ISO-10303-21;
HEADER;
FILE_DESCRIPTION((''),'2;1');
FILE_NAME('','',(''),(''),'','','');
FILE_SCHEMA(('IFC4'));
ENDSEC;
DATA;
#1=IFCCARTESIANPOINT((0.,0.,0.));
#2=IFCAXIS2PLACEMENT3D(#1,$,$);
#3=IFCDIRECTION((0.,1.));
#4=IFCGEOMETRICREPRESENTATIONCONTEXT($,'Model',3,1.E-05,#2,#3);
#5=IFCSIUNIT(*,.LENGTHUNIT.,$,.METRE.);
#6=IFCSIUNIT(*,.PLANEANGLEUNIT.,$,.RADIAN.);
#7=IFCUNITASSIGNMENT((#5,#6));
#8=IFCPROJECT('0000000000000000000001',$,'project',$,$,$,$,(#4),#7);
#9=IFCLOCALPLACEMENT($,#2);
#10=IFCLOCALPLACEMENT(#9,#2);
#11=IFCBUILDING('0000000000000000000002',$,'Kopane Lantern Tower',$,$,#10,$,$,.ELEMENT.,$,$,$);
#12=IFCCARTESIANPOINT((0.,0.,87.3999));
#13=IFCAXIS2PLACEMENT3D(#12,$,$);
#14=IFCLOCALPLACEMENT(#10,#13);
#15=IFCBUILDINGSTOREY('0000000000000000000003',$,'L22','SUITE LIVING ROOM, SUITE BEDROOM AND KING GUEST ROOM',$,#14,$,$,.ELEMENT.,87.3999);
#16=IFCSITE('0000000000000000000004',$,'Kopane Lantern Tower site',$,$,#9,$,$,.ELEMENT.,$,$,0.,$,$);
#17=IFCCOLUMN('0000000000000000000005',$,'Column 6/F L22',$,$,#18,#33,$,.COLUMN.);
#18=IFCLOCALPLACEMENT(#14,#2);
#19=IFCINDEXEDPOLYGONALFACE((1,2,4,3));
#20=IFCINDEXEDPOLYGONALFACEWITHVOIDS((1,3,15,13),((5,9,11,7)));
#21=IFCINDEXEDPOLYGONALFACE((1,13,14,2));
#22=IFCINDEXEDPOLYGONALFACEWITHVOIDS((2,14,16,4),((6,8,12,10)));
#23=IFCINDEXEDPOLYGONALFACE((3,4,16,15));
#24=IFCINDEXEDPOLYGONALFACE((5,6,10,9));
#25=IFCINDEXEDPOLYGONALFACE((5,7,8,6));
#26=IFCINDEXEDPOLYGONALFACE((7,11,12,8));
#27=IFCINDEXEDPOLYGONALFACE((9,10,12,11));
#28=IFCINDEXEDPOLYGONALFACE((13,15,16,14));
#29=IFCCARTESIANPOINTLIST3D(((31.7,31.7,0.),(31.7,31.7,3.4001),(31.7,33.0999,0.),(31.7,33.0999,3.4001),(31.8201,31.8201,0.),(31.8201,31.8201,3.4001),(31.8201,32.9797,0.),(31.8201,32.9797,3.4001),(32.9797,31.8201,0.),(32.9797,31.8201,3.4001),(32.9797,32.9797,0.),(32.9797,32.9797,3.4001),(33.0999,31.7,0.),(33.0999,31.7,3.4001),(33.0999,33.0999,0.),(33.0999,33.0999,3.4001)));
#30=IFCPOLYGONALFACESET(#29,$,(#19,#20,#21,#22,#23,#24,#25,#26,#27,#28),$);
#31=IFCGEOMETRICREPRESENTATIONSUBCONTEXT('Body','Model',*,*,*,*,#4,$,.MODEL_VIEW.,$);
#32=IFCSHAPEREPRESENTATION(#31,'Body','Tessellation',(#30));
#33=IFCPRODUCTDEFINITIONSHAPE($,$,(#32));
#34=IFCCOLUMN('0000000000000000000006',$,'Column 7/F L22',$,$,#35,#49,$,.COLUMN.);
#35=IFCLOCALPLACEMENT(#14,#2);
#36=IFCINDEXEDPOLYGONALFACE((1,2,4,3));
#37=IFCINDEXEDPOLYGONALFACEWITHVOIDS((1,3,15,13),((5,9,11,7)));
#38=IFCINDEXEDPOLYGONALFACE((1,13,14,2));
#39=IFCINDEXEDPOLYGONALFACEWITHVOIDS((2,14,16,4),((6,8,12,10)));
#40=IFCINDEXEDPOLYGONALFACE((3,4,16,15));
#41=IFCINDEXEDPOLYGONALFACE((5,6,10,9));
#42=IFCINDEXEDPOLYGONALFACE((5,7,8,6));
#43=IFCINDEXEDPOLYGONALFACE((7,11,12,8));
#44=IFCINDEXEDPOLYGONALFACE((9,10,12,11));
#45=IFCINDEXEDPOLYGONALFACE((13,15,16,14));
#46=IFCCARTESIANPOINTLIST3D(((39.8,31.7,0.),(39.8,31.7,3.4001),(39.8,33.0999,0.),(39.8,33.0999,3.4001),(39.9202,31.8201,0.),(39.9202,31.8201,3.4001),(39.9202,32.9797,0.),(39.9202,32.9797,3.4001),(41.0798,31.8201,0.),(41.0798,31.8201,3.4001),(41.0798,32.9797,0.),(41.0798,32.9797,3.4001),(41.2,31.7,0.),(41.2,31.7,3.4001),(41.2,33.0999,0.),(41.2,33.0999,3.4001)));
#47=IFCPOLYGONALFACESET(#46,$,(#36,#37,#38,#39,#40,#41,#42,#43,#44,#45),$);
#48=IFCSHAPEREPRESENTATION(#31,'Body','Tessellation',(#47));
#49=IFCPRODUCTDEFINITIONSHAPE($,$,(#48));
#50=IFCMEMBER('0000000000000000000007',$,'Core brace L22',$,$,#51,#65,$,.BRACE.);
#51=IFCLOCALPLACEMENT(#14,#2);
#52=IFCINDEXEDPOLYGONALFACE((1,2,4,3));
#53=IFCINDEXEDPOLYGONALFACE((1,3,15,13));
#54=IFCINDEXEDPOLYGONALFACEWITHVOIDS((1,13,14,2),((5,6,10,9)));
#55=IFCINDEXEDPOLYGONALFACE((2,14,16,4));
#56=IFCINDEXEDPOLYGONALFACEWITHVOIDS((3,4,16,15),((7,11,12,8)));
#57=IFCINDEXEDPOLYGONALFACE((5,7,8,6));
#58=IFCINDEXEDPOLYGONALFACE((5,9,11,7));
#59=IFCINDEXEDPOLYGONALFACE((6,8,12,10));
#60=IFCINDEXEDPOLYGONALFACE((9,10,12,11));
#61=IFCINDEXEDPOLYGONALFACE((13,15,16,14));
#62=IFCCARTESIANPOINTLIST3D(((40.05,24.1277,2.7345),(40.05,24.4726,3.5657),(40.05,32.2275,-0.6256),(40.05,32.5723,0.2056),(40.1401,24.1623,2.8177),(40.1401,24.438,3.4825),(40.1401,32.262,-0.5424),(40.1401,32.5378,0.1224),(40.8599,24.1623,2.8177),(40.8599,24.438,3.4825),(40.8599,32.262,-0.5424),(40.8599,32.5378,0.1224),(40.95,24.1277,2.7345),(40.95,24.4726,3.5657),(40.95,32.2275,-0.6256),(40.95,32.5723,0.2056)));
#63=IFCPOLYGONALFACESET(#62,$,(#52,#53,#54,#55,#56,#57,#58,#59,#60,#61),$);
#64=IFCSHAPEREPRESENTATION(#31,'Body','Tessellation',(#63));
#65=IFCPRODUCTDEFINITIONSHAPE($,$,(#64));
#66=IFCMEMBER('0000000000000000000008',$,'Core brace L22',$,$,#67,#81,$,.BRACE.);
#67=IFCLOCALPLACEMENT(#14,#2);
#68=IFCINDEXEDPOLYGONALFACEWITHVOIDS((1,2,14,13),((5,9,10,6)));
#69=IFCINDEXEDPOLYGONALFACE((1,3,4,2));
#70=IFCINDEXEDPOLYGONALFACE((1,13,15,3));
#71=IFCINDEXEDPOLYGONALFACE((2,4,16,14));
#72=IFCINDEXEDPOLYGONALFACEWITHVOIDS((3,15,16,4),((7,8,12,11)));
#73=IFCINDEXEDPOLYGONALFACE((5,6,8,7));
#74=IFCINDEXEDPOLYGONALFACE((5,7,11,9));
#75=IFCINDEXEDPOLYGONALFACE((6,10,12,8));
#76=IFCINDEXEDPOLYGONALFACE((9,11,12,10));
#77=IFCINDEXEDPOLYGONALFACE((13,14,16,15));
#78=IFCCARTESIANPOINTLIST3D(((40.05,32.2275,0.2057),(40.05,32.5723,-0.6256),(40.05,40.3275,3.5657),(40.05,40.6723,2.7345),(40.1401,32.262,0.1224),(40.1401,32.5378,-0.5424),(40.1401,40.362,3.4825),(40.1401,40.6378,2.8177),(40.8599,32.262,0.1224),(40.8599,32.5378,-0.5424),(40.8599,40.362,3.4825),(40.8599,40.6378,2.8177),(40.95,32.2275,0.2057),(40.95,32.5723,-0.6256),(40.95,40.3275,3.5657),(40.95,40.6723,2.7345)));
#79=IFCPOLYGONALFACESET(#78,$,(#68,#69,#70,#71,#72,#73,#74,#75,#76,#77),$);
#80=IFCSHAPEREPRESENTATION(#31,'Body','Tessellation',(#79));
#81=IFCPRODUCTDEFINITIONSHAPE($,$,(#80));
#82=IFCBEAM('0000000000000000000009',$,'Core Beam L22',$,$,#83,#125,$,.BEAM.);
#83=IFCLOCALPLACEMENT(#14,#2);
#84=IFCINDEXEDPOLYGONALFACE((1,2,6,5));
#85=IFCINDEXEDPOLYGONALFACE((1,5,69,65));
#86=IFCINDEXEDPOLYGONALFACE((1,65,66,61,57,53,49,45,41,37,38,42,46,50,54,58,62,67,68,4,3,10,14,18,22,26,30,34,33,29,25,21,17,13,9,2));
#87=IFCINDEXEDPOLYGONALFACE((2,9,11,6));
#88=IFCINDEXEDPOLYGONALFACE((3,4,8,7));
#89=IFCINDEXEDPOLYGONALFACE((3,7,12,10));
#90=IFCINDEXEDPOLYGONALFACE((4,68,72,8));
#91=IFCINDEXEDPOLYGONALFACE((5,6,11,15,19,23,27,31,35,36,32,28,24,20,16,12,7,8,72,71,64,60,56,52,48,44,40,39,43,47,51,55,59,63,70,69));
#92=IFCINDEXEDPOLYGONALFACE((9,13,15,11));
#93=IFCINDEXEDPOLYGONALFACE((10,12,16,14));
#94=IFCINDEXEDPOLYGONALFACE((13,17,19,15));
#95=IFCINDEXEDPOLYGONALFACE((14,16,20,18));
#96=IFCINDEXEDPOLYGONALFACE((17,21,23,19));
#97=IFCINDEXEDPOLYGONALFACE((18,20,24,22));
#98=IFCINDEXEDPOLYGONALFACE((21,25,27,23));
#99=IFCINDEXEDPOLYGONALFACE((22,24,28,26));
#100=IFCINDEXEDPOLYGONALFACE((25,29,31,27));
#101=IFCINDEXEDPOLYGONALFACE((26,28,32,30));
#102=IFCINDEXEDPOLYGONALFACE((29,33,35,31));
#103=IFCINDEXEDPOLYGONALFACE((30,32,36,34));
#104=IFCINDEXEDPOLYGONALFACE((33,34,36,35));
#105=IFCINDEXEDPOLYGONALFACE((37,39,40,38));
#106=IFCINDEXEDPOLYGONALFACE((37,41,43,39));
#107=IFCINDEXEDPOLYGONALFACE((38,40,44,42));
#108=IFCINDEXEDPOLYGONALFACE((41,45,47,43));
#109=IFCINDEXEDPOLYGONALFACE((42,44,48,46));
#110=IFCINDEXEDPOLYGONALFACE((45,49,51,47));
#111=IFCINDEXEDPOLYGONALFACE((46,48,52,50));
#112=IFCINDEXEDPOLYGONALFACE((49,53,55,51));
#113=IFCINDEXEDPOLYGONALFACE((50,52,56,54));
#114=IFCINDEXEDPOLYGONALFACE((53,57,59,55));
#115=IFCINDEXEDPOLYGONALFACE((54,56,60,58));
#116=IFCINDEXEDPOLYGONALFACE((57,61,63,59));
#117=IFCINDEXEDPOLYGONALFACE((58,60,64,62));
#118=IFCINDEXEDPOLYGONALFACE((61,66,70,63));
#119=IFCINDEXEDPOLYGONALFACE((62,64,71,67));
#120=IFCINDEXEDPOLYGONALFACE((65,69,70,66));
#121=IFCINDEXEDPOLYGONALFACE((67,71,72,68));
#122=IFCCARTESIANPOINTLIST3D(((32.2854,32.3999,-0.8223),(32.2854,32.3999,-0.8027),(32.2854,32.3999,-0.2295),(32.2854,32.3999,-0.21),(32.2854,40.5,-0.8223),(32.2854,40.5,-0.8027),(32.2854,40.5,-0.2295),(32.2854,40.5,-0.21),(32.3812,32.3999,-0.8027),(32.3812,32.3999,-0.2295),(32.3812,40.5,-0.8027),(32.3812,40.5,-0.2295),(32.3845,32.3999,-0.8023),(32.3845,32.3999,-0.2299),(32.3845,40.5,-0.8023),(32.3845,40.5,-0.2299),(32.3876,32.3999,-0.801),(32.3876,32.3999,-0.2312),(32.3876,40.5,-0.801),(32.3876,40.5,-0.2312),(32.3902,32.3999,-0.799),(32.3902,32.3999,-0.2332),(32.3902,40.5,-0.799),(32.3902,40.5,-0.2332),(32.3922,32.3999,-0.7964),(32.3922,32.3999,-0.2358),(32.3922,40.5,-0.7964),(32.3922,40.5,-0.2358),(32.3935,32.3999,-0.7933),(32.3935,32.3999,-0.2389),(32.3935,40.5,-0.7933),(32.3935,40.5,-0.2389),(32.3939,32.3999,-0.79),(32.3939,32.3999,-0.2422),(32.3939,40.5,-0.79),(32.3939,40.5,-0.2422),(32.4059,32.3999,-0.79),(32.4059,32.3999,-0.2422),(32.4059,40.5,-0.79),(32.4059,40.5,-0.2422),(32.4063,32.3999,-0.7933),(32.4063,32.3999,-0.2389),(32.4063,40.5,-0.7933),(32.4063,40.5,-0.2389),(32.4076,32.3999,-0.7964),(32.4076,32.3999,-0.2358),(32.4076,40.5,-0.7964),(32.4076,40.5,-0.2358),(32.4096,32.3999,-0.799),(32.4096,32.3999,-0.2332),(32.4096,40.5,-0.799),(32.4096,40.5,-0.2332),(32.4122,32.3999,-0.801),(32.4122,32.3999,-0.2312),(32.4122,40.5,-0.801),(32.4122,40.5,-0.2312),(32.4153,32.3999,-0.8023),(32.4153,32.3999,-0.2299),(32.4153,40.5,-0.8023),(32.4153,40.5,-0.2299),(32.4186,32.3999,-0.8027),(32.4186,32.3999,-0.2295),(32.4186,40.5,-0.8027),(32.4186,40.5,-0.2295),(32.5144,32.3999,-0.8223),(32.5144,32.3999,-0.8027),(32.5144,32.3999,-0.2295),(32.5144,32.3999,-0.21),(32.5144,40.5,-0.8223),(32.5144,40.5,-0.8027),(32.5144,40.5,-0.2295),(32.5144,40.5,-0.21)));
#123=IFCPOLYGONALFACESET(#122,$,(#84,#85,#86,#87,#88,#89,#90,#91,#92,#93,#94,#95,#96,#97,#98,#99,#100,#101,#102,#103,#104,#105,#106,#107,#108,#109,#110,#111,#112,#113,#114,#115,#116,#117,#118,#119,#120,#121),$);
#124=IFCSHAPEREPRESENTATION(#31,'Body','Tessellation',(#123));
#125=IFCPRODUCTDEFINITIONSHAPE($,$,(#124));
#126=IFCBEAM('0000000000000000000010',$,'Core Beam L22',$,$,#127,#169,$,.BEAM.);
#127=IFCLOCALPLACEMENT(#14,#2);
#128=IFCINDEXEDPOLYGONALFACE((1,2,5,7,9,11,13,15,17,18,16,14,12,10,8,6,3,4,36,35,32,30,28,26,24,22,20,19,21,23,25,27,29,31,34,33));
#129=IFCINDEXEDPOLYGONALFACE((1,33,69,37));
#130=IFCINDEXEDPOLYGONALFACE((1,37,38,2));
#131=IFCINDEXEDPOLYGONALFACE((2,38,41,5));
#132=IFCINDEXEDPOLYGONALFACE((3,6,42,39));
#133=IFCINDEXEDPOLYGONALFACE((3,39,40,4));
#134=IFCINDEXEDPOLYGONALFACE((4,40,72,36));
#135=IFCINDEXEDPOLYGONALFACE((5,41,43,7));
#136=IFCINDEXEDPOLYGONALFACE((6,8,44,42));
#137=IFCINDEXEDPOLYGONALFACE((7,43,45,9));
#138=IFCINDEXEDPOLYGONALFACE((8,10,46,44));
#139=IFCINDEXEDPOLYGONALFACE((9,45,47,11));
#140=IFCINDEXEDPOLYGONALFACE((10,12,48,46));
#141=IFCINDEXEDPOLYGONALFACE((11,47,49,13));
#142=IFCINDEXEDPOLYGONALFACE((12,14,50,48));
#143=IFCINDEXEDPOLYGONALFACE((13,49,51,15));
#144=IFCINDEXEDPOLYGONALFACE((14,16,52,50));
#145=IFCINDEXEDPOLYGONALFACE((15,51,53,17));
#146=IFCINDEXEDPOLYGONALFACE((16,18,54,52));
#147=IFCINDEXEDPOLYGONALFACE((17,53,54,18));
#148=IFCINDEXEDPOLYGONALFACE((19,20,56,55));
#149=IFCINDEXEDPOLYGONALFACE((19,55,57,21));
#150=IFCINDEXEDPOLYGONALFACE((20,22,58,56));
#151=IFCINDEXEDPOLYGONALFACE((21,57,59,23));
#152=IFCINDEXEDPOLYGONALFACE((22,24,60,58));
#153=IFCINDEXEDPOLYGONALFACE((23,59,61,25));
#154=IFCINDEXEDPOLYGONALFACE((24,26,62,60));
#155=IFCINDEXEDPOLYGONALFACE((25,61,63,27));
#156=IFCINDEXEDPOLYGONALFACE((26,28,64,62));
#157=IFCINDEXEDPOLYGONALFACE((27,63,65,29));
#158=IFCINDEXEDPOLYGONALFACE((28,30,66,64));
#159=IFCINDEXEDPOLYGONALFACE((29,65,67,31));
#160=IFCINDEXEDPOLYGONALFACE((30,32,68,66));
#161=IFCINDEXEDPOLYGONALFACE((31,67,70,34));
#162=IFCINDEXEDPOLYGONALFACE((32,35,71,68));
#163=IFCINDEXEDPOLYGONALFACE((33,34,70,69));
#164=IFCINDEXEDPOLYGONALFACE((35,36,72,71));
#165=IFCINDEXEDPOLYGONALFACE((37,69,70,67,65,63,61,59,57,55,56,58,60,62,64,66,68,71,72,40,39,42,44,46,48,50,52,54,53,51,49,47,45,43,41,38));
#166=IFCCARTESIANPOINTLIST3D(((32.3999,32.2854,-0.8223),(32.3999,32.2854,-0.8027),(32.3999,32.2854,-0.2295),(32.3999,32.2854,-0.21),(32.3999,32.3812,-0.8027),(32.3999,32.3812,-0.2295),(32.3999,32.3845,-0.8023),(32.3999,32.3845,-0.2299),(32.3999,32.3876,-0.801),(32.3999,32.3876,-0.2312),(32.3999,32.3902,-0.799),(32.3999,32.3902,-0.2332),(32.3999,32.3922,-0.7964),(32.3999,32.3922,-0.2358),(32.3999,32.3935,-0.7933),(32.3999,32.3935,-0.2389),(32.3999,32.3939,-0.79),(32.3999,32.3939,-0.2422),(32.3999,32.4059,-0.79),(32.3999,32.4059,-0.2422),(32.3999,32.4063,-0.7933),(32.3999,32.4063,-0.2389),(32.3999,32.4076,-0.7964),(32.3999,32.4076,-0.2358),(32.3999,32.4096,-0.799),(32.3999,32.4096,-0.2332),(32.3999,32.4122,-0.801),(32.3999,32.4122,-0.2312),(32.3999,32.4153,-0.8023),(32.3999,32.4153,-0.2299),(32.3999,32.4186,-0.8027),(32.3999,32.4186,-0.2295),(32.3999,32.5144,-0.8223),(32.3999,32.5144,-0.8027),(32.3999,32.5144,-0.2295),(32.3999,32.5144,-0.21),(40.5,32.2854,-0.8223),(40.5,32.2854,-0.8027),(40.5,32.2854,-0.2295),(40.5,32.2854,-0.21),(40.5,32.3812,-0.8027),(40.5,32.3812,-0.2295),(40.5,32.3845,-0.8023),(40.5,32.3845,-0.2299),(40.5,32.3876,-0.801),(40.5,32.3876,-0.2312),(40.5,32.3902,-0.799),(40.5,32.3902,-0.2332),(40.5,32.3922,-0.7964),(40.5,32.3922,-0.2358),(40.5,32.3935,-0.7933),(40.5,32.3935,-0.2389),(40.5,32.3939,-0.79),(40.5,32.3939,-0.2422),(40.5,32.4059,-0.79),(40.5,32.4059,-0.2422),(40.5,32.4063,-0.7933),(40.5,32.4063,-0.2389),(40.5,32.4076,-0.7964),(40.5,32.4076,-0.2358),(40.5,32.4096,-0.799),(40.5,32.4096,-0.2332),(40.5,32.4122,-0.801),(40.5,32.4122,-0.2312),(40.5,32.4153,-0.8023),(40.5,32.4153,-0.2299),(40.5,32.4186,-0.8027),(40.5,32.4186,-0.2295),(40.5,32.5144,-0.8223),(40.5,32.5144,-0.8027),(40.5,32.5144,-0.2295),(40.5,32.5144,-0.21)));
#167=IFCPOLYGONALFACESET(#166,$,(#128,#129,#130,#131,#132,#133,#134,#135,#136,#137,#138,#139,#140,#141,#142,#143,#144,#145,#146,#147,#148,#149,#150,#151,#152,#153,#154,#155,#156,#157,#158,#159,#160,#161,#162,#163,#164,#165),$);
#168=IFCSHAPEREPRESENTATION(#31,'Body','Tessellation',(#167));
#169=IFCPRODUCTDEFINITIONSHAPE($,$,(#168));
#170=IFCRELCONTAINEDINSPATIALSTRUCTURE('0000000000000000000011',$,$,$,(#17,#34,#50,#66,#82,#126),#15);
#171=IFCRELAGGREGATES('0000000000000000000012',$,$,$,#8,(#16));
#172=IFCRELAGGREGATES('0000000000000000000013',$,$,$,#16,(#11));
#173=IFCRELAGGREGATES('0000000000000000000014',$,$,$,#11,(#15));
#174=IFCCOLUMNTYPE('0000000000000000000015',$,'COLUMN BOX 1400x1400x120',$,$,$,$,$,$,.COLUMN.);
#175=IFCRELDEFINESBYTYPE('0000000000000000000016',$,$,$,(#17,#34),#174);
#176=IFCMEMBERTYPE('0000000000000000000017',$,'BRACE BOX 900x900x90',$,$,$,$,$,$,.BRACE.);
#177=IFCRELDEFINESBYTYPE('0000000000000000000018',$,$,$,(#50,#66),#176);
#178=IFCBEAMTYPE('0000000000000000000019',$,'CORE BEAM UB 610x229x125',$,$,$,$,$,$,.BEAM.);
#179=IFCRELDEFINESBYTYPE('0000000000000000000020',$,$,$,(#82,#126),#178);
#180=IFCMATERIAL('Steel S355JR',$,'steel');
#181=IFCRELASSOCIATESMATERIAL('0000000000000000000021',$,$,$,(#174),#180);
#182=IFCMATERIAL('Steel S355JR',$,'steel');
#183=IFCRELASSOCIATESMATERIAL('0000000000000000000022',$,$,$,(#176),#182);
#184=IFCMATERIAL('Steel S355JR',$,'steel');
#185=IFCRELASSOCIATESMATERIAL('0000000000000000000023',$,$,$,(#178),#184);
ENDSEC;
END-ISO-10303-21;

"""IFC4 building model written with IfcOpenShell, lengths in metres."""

from ifc_helpers import new_model, si_unit, direction, frame, origin, origin_2d, place, context, subcontext, project, spatial, hollow_rectangle, i_section, extrude, material, material_profile, profile_set, type_object, element, save


model = new_model("IFC4")

# Units and contexts
model_context = context("Model", 3, precision=1e-05, world=origin(), true_north=direction((0.0, 1.0)))
body_context = subcontext(model_context, "Body", "Model", "MODEL_VIEW")
ifc_project = project(units=[si_unit("LENGTHUNIT", "METRE"), si_unit("PLANEANGLEUNIT", "RADIAN")], contexts=[model_context])

# Site, building, storey
site_placement = place(None, origin())
site = spatial("IfcSite", under=ifc_project, at=site_placement, Name="Kopane Lantern Tower site", CompositionType="ELEMENT", RefElevation=0.0)
building_placement = place(site_placement, origin())
building = spatial("IfcBuilding", under=site, at=building_placement, Name="Kopane Lantern Tower", CompositionType="ELEMENT")
storey_placement = place(building_placement, frame((0.0, 0.0, 87.3999)))
storey = spatial("IfcBuildingStorey", under=building, at=storey_placement, Name="L22", Description="SUITE LIVING ROOM, SUITE BEDROOM AND KING GUEST ROOM", CompositionType="ELEMENT", Elevation=87.3999)

# Columns
ifc_material_1 = material(Name="Steel S355JR", Category="steel")
ifc_material_profile_1 = material_profile(ifc_material_1, hollow_rectangle(XDim=1.3999, YDim=1.3999, WallThickness=0.1201, at=origin_2d()), Name="BOX 1400x1400x120")
ifc_profile_set_1 = profile_set([ifc_material_profile_1], Name="Steel S355JR")
column_type = type_object("IfcColumnType", Name="COLUMN BOX 1400x1400x120", PredefinedType="COLUMN", material=ifc_profile_set_1)
for number, where, z_axis, x_axis, name in (
    (1, (32.3999, 32.3999, 0.0), (0.0, 0.0, 1.0), (1.0, 0.0, 0.0), "Column 6/F L22"),
    (2, (40.5, 32.3999, 0.0), (0.0, 0.0, 1.0), (1.0, 0.0, 0.0), "Column 7/F L22"),
):
    element("IfcColumn", number, at=place(storey_placement, frame(where, z_axis=z_axis, x_axis=x_axis)), inside=storey, type_object=column_type, Name=name, PredefinedType="COLUMN", context=body_context, shape_type="SweptSolid", body=[
        extrude(hollow_rectangle(XDim=1.3999, YDim=1.3999, WallThickness=0.1201, at=origin_2d()), origin(), (0.0, 0.0, 1.0), 3.4001),
    ])

# Members
ifc_material_2 = material(Name="Steel S355JR", Category="steel")
ifc_material_profile_2 = material_profile(ifc_material_2, hollow_rectangle(XDim=0.8999, YDim=0.8999, WallThickness=0.0901, at=origin_2d()), Name="BOX 900x900x90")
ifc_profile_set_2 = profile_set([ifc_material_profile_2], Name="Steel S355JR")
member_type = type_object("IfcMemberType", Name="BRACE BOX 900x900x90", PredefinedType="BRACE", material=ifc_profile_set_2)
member_1_placement = place(storey_placement, frame((40.5, 32.3999, -0.21), z_axis=(0.0, -0.923676, 0.383174), x_axis=(1.0, 0.0, 0.0)))
element("IfcMember", 3, at=member_1_placement, inside=storey, type_object=member_type, Name="Core brace L22", PredefinedType="BRACE", context=body_context, shape_type="SweptSolid", body=[
    extrude(hollow_rectangle(XDim=0.8999, YDim=0.8999, WallThickness=0.0901, at=origin_2d()), origin(), (0.0, 0.0, 1.0), 8.769),
])
member_2_placement = place(storey_placement, frame((40.5, 32.3999, -0.21), z_axis=(0.0, 0.92368, 0.383164), x_axis=(-1.0, 0.0, 0.0)))
element("IfcMember", 4, at=member_2_placement, inside=storey, type_object=member_type, Name="Core brace L22", PredefinedType="BRACE", context=body_context, shape_type="SweptSolid", body=[
    extrude(hollow_rectangle(XDim=0.8999, YDim=0.8999, WallThickness=0.0901, at=origin_2d()), origin(), (0.0, 0.0, 1.0), 8.7693),
])

# Beams
ifc_material_3 = material(Name="Steel S355JR", Category="steel")
ifc_material_profile_3 = material_profile(ifc_material_3, i_section(OverallWidth=0.229, OverallDepth=0.6123, WebThickness=0.012, FlangeThickness=0.0195, FilletRadius=0.0127, at=origin_2d()), Name="UB 610x229x125")
ifc_profile_set_3 = profile_set([ifc_material_profile_3], Name="Steel S355JR")
beam_type_1 = type_object("IfcBeamType", Name="CORE BEAM UB 610x229x125", PredefinedType="BEAM", material=ifc_profile_set_3)
for number, where, z_axis, x_axis, name in (
    (5, (32.3999, 32.3999, -0.5161), (0.0, 1.0, 0.0), (-1.0, 0.0, 0.0), "Core Beam L22"),
    (6, (32.3999, 32.3999, -0.5161), (1.0, 0.0, 0.0), (0.0, 1.0, 0.0), "Core Beam L22"),
):
    element("IfcBeam", number, at=place(storey_placement, frame(where, z_axis=z_axis, x_axis=x_axis)), inside=storey, type_object=beam_type_1, Name=name, PredefinedType="BEAM", context=body_context, shape_type="SweptSolid", body=[
        extrude(i_section(OverallWidth=0.229, OverallDepth=0.6123, WebThickness=0.012, FlangeThickness=0.0195, FilletRadius=0.0127, at=origin_2d()), origin(), (0.0, 0.0, 1.0), 8.1001),
    ])

save(model, "model.ifc")
